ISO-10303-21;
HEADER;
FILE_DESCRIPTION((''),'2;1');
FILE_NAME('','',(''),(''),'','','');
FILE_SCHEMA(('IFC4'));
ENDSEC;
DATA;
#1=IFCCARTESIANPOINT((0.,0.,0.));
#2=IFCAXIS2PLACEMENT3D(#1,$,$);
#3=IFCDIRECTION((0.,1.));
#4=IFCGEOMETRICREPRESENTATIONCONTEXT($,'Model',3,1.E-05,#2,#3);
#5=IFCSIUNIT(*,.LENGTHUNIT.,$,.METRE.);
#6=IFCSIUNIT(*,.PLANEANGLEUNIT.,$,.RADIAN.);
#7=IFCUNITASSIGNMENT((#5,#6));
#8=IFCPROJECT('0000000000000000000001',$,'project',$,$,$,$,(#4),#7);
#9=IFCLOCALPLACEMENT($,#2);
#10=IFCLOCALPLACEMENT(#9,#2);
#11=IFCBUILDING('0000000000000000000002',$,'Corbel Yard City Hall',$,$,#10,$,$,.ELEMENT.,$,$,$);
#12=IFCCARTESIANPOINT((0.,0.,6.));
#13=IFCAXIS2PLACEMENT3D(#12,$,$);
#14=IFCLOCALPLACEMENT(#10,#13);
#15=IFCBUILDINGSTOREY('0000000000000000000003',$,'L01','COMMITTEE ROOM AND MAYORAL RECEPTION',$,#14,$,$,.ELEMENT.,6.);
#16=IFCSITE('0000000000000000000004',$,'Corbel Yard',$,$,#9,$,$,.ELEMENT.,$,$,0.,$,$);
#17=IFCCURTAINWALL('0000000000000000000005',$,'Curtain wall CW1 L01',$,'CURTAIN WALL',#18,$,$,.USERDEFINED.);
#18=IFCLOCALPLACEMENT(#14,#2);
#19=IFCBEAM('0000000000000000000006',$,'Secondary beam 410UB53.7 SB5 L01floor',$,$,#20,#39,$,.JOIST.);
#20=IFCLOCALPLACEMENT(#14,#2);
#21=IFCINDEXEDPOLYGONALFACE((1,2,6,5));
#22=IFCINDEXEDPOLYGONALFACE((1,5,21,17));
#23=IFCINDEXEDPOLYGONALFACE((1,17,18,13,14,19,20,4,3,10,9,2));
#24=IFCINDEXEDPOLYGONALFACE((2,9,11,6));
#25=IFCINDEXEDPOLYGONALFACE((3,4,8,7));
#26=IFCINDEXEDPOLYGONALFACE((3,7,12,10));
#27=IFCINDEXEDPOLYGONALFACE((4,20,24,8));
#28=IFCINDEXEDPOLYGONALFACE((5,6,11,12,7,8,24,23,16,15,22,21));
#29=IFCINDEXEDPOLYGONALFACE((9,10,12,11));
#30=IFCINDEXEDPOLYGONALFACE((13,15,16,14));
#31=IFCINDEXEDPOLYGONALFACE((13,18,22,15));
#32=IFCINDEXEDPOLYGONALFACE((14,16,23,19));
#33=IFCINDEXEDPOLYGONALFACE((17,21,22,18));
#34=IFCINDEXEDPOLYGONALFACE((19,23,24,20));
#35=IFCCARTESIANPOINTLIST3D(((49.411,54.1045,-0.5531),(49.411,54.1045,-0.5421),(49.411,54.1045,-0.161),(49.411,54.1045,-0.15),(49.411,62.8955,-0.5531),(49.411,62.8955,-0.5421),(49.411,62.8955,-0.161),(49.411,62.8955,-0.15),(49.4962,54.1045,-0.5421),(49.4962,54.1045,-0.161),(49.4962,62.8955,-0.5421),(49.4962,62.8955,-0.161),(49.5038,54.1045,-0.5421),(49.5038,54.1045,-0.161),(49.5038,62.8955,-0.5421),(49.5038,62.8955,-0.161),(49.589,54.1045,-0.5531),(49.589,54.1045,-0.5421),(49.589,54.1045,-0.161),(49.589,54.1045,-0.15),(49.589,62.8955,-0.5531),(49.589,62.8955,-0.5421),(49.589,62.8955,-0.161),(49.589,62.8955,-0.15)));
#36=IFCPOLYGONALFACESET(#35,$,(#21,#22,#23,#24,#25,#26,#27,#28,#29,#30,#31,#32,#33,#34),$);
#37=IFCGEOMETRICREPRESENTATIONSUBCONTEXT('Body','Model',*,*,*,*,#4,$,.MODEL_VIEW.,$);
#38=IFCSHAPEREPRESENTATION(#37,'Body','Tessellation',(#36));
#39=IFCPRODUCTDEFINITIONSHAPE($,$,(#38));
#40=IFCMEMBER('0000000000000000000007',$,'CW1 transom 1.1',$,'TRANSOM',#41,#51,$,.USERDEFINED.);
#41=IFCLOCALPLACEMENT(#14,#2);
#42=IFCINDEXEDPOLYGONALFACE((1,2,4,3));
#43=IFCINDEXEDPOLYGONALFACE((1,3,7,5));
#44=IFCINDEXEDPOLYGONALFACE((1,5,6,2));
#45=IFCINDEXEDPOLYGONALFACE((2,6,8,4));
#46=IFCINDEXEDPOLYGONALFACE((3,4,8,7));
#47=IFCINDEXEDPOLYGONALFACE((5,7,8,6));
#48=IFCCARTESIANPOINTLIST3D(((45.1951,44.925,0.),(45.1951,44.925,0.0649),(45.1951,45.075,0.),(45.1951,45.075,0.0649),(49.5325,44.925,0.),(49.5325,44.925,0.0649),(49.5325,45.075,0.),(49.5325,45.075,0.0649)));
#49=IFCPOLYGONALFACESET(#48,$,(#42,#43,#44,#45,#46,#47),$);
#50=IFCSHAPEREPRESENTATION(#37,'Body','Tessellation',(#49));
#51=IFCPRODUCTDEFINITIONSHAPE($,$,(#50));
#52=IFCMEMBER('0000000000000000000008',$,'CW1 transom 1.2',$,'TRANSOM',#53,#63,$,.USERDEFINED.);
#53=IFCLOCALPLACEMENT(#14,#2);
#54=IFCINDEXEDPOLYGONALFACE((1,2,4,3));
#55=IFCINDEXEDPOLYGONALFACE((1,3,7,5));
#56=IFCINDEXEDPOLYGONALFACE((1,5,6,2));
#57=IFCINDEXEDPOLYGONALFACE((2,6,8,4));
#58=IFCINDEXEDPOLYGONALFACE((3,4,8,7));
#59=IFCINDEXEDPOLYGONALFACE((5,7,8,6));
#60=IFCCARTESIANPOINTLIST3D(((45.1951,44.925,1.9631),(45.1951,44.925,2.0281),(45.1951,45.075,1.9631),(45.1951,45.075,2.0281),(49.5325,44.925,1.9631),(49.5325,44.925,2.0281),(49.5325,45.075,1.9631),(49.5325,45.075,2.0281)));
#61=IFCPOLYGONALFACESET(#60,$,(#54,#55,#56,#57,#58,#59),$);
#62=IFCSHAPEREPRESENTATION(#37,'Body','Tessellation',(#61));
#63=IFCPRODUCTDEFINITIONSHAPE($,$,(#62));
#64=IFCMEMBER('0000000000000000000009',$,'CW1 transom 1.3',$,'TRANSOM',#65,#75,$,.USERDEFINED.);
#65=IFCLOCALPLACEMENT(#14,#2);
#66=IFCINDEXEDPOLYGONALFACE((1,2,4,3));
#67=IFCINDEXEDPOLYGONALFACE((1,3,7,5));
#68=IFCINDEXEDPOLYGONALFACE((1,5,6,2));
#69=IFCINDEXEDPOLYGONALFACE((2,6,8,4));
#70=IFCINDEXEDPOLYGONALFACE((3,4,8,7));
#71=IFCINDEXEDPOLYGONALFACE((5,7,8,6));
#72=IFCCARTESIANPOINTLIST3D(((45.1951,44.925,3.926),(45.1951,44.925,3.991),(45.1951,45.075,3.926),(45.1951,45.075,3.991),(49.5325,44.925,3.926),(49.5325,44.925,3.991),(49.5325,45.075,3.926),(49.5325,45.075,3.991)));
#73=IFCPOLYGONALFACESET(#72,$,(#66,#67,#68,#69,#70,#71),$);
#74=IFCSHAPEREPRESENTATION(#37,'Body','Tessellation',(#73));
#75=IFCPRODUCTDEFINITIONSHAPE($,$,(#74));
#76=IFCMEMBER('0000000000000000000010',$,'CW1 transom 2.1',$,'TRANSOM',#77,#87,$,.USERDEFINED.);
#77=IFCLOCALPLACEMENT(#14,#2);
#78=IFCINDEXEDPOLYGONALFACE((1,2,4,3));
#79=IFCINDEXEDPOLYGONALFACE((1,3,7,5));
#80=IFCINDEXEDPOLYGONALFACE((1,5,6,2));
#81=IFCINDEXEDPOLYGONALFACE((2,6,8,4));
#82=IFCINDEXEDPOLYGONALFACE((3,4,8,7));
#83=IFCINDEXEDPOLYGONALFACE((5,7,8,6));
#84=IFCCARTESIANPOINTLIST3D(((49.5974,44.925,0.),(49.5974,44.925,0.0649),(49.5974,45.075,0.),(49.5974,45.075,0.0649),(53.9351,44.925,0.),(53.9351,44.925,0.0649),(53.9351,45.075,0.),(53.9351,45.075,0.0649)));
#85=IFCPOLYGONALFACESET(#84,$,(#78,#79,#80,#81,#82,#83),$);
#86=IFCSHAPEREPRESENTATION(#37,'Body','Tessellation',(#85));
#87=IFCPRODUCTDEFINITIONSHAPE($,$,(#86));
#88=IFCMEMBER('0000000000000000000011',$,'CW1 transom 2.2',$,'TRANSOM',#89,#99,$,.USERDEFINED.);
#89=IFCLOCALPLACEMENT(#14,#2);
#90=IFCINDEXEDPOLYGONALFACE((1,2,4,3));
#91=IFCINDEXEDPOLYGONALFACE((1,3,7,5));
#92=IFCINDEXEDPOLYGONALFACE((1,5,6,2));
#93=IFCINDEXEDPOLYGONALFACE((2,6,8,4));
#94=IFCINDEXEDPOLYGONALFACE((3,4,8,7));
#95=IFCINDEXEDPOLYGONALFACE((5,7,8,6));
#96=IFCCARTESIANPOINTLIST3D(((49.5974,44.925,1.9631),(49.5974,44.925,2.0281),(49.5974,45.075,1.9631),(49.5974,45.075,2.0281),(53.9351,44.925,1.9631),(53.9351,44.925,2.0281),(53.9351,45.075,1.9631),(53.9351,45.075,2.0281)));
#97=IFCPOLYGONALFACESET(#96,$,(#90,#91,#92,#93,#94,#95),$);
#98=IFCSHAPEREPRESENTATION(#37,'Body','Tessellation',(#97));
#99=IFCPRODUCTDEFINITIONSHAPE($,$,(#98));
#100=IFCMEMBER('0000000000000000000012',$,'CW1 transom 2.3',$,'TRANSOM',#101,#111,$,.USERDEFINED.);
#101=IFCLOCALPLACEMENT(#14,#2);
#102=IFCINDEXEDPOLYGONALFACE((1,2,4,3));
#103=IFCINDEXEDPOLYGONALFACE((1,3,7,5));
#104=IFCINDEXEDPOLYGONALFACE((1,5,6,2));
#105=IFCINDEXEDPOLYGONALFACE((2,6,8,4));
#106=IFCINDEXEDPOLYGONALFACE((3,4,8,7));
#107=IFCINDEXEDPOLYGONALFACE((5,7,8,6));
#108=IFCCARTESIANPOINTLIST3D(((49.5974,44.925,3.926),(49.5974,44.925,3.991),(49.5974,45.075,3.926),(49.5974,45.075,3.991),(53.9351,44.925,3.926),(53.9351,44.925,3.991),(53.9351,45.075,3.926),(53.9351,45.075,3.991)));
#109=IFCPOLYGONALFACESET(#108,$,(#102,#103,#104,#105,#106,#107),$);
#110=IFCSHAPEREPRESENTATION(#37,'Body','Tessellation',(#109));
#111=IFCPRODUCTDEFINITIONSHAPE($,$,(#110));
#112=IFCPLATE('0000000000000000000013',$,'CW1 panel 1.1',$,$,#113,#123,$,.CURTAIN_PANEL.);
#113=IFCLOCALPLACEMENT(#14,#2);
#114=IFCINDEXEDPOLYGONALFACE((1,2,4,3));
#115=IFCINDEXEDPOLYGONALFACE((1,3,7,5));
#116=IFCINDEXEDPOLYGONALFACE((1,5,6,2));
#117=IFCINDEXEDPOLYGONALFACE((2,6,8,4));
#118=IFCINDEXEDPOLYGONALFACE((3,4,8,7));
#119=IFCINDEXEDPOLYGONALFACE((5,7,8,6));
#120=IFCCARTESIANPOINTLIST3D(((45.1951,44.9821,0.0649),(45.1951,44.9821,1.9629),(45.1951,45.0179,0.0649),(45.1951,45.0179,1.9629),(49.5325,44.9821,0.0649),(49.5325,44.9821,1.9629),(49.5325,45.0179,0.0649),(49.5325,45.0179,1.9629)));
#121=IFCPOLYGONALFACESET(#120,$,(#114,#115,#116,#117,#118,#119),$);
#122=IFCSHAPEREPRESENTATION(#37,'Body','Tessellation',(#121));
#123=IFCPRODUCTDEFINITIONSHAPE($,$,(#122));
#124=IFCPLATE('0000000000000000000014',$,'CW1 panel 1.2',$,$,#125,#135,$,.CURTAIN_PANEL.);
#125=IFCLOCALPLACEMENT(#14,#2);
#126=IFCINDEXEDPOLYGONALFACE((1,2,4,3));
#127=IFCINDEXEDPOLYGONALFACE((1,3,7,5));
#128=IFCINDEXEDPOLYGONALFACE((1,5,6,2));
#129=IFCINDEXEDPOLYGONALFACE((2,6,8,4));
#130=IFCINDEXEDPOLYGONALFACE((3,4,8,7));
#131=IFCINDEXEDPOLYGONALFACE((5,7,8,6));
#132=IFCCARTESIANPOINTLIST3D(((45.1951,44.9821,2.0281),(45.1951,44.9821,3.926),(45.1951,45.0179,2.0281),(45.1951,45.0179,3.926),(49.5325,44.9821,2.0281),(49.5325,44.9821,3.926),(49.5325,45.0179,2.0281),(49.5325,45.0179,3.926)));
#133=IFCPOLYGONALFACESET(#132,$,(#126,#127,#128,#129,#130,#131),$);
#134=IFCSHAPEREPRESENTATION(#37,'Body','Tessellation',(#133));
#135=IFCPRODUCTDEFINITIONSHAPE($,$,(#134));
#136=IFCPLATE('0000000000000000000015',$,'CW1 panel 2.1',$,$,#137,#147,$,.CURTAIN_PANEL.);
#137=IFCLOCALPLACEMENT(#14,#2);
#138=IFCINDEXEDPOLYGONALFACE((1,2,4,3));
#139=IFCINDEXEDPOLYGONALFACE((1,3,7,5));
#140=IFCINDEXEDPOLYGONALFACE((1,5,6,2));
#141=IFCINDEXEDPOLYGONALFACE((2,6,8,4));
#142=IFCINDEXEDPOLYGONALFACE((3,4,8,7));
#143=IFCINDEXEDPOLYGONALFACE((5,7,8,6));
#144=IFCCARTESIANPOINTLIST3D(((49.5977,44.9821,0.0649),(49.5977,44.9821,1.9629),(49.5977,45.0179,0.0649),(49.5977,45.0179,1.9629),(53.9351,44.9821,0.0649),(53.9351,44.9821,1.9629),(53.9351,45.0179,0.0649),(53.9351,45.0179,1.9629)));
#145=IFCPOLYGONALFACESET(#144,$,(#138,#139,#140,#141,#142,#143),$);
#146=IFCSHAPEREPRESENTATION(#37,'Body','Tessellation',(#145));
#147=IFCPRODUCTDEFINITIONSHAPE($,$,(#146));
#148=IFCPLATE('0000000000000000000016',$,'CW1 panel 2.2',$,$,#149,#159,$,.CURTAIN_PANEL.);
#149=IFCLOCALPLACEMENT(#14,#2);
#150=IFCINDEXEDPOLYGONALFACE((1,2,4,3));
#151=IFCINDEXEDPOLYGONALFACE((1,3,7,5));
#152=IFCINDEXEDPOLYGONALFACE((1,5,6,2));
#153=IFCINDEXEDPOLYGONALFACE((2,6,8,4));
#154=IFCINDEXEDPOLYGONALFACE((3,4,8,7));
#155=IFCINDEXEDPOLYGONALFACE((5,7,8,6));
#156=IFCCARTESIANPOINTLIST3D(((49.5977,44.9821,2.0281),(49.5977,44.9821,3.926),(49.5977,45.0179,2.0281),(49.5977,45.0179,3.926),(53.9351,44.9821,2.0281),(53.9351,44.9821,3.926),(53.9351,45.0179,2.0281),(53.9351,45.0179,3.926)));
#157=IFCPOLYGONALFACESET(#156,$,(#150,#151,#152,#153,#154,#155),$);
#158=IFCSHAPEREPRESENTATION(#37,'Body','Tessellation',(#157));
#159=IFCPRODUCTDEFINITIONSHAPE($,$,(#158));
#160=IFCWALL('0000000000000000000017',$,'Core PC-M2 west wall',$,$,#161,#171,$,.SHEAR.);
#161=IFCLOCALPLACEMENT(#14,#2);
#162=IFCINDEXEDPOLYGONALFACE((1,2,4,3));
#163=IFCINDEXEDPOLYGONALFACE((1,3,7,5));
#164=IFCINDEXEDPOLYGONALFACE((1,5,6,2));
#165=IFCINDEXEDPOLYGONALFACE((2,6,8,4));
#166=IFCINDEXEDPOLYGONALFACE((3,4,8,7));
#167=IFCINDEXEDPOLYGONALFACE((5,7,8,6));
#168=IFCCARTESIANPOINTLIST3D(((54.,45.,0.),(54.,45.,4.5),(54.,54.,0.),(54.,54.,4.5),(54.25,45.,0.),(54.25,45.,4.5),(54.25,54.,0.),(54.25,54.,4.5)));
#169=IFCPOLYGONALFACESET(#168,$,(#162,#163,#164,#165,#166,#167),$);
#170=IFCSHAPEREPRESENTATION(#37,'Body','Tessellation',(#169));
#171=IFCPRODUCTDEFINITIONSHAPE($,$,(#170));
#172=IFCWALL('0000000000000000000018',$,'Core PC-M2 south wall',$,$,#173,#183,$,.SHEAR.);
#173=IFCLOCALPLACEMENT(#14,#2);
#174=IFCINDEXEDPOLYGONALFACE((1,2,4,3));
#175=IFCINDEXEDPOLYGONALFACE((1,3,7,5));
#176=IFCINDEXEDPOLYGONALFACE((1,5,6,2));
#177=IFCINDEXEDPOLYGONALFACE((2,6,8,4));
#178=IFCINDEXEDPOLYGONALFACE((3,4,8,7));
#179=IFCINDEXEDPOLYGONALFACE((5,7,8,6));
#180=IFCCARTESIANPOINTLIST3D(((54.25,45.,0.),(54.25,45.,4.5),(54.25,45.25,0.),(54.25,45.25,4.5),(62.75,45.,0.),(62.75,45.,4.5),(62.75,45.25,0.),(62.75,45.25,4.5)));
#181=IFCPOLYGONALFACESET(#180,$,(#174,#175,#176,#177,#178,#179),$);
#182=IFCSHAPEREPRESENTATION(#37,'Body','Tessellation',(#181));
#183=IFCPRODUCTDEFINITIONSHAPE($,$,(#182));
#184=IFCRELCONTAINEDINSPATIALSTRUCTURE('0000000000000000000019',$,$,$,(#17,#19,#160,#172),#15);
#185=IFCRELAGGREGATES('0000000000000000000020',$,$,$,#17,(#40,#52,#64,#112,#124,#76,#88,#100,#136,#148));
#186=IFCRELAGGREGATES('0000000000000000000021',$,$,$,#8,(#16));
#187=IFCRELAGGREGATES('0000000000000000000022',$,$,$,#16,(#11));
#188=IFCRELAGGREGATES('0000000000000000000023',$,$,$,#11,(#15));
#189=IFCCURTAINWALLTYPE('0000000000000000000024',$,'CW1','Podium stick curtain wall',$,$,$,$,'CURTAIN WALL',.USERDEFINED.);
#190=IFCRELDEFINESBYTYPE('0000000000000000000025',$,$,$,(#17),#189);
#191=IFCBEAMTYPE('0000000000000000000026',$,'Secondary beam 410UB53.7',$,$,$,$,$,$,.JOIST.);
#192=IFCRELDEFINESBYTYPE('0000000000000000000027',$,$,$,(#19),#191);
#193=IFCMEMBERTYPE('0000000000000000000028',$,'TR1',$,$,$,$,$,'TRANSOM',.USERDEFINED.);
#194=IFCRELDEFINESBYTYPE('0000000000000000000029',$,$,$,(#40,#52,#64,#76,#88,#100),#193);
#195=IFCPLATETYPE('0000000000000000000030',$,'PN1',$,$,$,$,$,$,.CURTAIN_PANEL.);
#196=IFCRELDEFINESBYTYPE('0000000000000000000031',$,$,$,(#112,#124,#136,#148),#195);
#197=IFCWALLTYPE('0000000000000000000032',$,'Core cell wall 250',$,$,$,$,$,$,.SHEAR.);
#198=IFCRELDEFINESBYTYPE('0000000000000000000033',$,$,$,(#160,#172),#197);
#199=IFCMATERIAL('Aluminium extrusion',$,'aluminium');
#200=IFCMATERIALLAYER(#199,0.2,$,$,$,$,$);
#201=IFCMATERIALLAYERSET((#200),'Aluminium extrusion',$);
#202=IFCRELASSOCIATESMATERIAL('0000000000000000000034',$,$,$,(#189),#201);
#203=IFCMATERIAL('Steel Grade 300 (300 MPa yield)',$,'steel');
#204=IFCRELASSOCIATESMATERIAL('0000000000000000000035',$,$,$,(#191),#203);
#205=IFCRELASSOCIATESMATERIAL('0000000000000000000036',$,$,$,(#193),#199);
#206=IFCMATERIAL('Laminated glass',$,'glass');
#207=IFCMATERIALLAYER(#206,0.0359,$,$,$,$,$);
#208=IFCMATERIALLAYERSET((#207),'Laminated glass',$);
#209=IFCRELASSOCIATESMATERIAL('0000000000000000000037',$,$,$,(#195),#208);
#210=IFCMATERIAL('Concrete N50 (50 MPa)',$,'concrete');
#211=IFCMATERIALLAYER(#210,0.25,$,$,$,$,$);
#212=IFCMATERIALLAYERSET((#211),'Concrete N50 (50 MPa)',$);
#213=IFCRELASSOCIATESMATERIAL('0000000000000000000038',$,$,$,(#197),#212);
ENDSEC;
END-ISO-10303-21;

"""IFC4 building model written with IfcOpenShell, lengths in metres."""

from ifc_helpers import new_model, si_unit, direction, frame, frame_2d, origin, origin_2d, place, context, subcontext, project, spatial, rectangle, i_section, extrude, material, layer, layer_set, material_profile, profile_set, type_object, element, aggregate, save


model = new_model("IFC4")

# Units and contexts
model_context = context("Model", 3, precision=1e-05, world=origin(), true_north=direction((0.0, 1.0)))
body_context = subcontext(model_context, "Body", "Model", "MODEL_VIEW")
ifc_project = project(units=[si_unit("LENGTHUNIT", "METRE"), si_unit("PLANEANGLEUNIT", "RADIAN")], contexts=[model_context])

# Site, building, storey
site_placement = place(None, origin())
site = spatial("IfcSite", under=ifc_project, at=site_placement, Name="Corbel Yard", CompositionType="ELEMENT", RefElevation=0.0)
building_placement = place(site_placement, origin())
building = spatial("IfcBuilding", under=site, at=building_placement, Name="Corbel Yard City Hall", CompositionType="ELEMENT")
storey_placement = place(building_placement, frame((0.0, 0.0, 6.0)))
storey = spatial("IfcBuildingStorey", under=building, at=storey_placement, Name="L01", Description="COMMITTEE ROOM AND MAYORAL RECEPTION", CompositionType="ELEMENT", Elevation=6.0)

# Shared definitions
ifc_material_1 = material(Name="Steel Grade 300 (300 MPa yield)", Category="steel")

# Curtain wall
ifc_material_2 = material(Name="Aluminium extrusion", Category="aluminium")
ifc_layer_1 = layer(ifc_material_2, 0.2)
ifc_layer_set_1 = layer_set([ifc_layer_1], Name="Aluminium extrusion")
curtain_wall_type = type_object("IfcCurtainWallType", Name="CW1", Description="Podium stick curtain wall", ElementType="CURTAIN WALL", PredefinedType="USERDEFINED", material=ifc_layer_set_1)
curtain_wall_placement = place(storey_placement, origin())
curtain_wall = element("IfcCurtainWall", 1, at=curtain_wall_placement, inside=storey, type_object=curtain_wall_type, Name="Curtain wall CW1 L01", ObjectType="CURTAIN WALL", PredefinedType="USERDEFINED")

# Beam
ifc_material_profile_1 = material_profile(ifc_material_1, i_section(OverallWidth=0.178, OverallDepth=0.4031, WebThickness=0.0076, FlangeThickness=0.011, at=origin_2d()), Name="410UB53.7")
ifc_profile_set_1 = profile_set([ifc_material_profile_1], Name="Steel Grade 300 (300 MPa yield)")
beam_type_1 = type_object("IfcBeamType", Name="Secondary beam 410UB53.7", PredefinedType="JOIST", material=ifc_profile_set_1)
beam_1_placement = place(storey_placement, frame((49.5, 54.1045, -0.3516), z_axis=(0.0, 1.0, 0.0), x_axis=(-1.0, 0.0, 0.0)))
element("IfcBeam", 2, at=beam_1_placement, inside=storey, type_object=beam_type_1, Name="Secondary beam 410UB53.7 SB5 L01floor", PredefinedType="JOIST", context=body_context, shape_type="SweptSolid", body=[
    extrude(i_section(OverallWidth=0.178, OverallDepth=0.4031, WebThickness=0.0076, FlangeThickness=0.011, at=origin_2d()), origin(), (0.0, 0.0, 1.0), 8.791),
])

# Members
ifc_material_profile_2 = material_profile(ifc_material_2, rectangle(XDim=0.1499, YDim=0.0649, at=origin_2d()), Name="150x65")
ifc_profile_set_2 = profile_set([ifc_material_profile_2], Name="Aluminium extrusion")
member_type_1 = type_object("IfcMemberType", Name="TR1", ElementType="TRANSOM", PredefinedType="USERDEFINED", material=ifc_profile_set_2)
member_1_placement = place(storey_placement, frame((45.1951, 45.0, 0.0325), z_axis=(1.0, 0.0, 0.0), x_axis=(0.0, 1.0, 0.0)))
member_1 = element("IfcMember", 3, at=member_1_placement, type_object=member_type_1, Name="CW1 transom 1.1", ObjectType="TRANSOM", PredefinedType="USERDEFINED", context=body_context, shape_type="SweptSolid", body=[
    extrude(rectangle(XDim=0.1499, YDim=0.0649, at=origin_2d()), origin(), (0.0, 0.0, 1.0), 4.3374),
])
member_2_placement = place(storey_placement, frame((45.1951, 45.0, 1.9956), z_axis=(1.0, 0.0, 0.0), x_axis=(0.0, 1.0, 0.0)))
member_2 = element("IfcMember", 4, at=member_2_placement, type_object=member_type_1, Name="CW1 transom 1.2", ObjectType="TRANSOM", PredefinedType="USERDEFINED", context=body_context, shape_type="SweptSolid", body=[
    extrude(rectangle(XDim=0.1499, YDim=0.0649, at=origin_2d()), origin(), (0.0, 0.0, 1.0), 4.3374),
])
member_3_placement = place(storey_placement, frame((45.1951, 45.0, 3.9585), z_axis=(1.0, 0.0, 0.0), x_axis=(0.0, 1.0, 0.0)))
member_3 = element("IfcMember", 5, at=member_3_placement, type_object=member_type_1, Name="CW1 transom 1.3", ObjectType="TRANSOM", PredefinedType="USERDEFINED", context=body_context, shape_type="SweptSolid", body=[
    extrude(rectangle(XDim=0.1499, YDim=0.0649, at=origin_2d()), origin(), (0.0, 0.0, 1.0), 4.3374),
])
member_4_placement = place(storey_placement, frame((49.5974, 45.0, 0.0325), z_axis=(1.0, 0.0, 0.0), x_axis=(0.0, 1.0, 0.0)))
member_4 = element("IfcMember", 6, at=member_4_placement, type_object=member_type_1, Name="CW1 transom 2.1", ObjectType="TRANSOM", PredefinedType="USERDEFINED", context=body_context, shape_type="SweptSolid", body=[
    extrude(rectangle(XDim=0.1499, YDim=0.0649, at=origin_2d()), origin(), (0.0, 0.0, 1.0), 4.3376),
])
member_5_placement = place(storey_placement, frame((49.5974, 45.0, 1.9956), z_axis=(1.0, 0.0, 0.0), x_axis=(0.0, 1.0, 0.0)))
member_5 = element("IfcMember", 7, at=member_5_placement, type_object=member_type_1, Name="CW1 transom 2.2", ObjectType="TRANSOM", PredefinedType="USERDEFINED", context=body_context, shape_type="SweptSolid", body=[
    extrude(rectangle(XDim=0.1499, YDim=0.0649, at=origin_2d()), origin(), (0.0, 0.0, 1.0), 4.3376),
])
member_6_placement = place(storey_placement, frame((49.5974, 45.0, 3.9585), z_axis=(1.0, 0.0, 0.0), x_axis=(0.0, 1.0, 0.0)))
member_6 = element("IfcMember", 8, at=member_6_placement, type_object=member_type_1, Name="CW1 transom 2.3", ObjectType="TRANSOM", PredefinedType="USERDEFINED", context=body_context, shape_type="SweptSolid", body=[
    extrude(rectangle(XDim=0.1499, YDim=0.0649, at=origin_2d()), origin(), (0.0, 0.0, 1.0), 4.3376),
])

# Plates
ifc_material_3 = material(Name="Laminated glass", Category="glass")
ifc_layer_2 = layer(ifc_material_3, 0.0359)
ifc_layer_set_2 = layer_set([ifc_layer_2], Name="Laminated glass")
plate_type = type_object("IfcPlateType", Name="PN1", PredefinedType="CURTAIN_PANEL", material=ifc_layer_set_2)
plate_1_placement = place(storey_placement, frame((47.3638, 45.0, 0.0649), z_axis=(0.0, 0.0, 1.0), x_axis=(1.0, 0.0, 0.0)))
plate_1 = element("IfcPlate", 9, at=plate_1_placement, type_object=plate_type, Name="CW1 panel 1.1", PredefinedType="CURTAIN_PANEL", context=body_context, shape_type="SweptSolid", body=[
    extrude(rectangle(XDim=4.3374, YDim=0.0359, at=origin_2d()), origin(), (0.0, 0.0, 1.0), 1.8979),
])
plate_2_placement = place(storey_placement, frame((47.3638, 45.0, 2.0281), z_axis=(0.0, 0.0, 1.0), x_axis=(1.0, 0.0, 0.0)))
plate_2 = element("IfcPlate", 10, at=plate_2_placement, type_object=plate_type, Name="CW1 panel 1.2", PredefinedType="CURTAIN_PANEL", context=body_context, shape_type="SweptSolid", body=[
    extrude(rectangle(XDim=4.3374, YDim=0.0359, at=origin_2d()), origin(), (0.0, 0.0, 1.0), 1.8979),
])
plate_3_placement = place(storey_placement, frame((51.7664, 45.0, 0.0649), z_axis=(0.0, 0.0, 1.0), x_axis=(1.0, 0.0, 0.0)))
plate_3 = element("IfcPlate", 11, at=plate_3_placement, type_object=plate_type, Name="CW1 panel 2.1", PredefinedType="CURTAIN_PANEL", context=body_context, shape_type="SweptSolid", body=[
    extrude(rectangle(XDim=4.3374, YDim=0.0359, at=origin_2d()), origin(), (0.0, 0.0, 1.0), 1.8979),
])
plate_4_placement = place(storey_placement, frame((51.7664, 45.0, 2.0281), z_axis=(0.0, 0.0, 1.0), x_axis=(1.0, 0.0, 0.0)))
plate_4 = element("IfcPlate", 12, at=plate_4_placement, type_object=plate_type, Name="CW1 panel 2.2", PredefinedType="CURTAIN_PANEL", context=body_context, shape_type="SweptSolid", body=[
    extrude(rectangle(XDim=4.3374, YDim=0.0359, at=origin_2d()), origin(), (0.0, 0.0, 1.0), 1.8979),
])
aggregate(curtain_wall, [member_1, member_2, member_3, plate_1, plate_2, member_4, member_5, member_6, plate_3, plate_4])

# Walls
ifc_material_4 = material(Name="Concrete N50 (50 MPa)", Category="concrete")
ifc_layer_3 = layer(ifc_material_4, 0.25)
ifc_layer_set_3 = layer_set([ifc_layer_3], Name="Concrete N50 (50 MPa)")
wall_type_1 = type_object("IfcWallType", Name="Core cell wall 250", PredefinedType="SHEAR", material=ifc_layer_set_3)
wall_1_placement = place(storey_placement, frame((54.125, 45.0, 0.0), z_axis=(0.0, 0.0, 1.0), x_axis=(0.0, 1.0, 0.0)))
element("IfcWall", 13, at=wall_1_placement, inside=storey, type_object=wall_type_1, Name="Core PC-M2 west wall", PredefinedType="SHEAR", context=body_context, shape_type="SweptSolid", body=[
    extrude(rectangle(XDim=9.0, YDim=0.25, at=frame_2d((4.5, 0.0))), origin(), (0.0, 0.0, 1.0), 4.5),
])
wall_2_placement = place(storey_placement, frame((54.25, 45.125, 0.0), z_axis=(0.0, 0.0, 1.0), x_axis=(1.0, 0.0, 0.0)))
element("IfcWall", 14, at=wall_2_placement, inside=storey, type_object=wall_type_1, Name="Core PC-M2 south wall", PredefinedType="SHEAR", context=body_context, shape_type="SweptSolid", body=[
    extrude(rectangle(XDim=8.5, YDim=0.25, at=frame_2d((4.25, 0.0))), origin(), (0.0, 0.0, 1.0), 4.5),
])

save(model, "model.ifc")
